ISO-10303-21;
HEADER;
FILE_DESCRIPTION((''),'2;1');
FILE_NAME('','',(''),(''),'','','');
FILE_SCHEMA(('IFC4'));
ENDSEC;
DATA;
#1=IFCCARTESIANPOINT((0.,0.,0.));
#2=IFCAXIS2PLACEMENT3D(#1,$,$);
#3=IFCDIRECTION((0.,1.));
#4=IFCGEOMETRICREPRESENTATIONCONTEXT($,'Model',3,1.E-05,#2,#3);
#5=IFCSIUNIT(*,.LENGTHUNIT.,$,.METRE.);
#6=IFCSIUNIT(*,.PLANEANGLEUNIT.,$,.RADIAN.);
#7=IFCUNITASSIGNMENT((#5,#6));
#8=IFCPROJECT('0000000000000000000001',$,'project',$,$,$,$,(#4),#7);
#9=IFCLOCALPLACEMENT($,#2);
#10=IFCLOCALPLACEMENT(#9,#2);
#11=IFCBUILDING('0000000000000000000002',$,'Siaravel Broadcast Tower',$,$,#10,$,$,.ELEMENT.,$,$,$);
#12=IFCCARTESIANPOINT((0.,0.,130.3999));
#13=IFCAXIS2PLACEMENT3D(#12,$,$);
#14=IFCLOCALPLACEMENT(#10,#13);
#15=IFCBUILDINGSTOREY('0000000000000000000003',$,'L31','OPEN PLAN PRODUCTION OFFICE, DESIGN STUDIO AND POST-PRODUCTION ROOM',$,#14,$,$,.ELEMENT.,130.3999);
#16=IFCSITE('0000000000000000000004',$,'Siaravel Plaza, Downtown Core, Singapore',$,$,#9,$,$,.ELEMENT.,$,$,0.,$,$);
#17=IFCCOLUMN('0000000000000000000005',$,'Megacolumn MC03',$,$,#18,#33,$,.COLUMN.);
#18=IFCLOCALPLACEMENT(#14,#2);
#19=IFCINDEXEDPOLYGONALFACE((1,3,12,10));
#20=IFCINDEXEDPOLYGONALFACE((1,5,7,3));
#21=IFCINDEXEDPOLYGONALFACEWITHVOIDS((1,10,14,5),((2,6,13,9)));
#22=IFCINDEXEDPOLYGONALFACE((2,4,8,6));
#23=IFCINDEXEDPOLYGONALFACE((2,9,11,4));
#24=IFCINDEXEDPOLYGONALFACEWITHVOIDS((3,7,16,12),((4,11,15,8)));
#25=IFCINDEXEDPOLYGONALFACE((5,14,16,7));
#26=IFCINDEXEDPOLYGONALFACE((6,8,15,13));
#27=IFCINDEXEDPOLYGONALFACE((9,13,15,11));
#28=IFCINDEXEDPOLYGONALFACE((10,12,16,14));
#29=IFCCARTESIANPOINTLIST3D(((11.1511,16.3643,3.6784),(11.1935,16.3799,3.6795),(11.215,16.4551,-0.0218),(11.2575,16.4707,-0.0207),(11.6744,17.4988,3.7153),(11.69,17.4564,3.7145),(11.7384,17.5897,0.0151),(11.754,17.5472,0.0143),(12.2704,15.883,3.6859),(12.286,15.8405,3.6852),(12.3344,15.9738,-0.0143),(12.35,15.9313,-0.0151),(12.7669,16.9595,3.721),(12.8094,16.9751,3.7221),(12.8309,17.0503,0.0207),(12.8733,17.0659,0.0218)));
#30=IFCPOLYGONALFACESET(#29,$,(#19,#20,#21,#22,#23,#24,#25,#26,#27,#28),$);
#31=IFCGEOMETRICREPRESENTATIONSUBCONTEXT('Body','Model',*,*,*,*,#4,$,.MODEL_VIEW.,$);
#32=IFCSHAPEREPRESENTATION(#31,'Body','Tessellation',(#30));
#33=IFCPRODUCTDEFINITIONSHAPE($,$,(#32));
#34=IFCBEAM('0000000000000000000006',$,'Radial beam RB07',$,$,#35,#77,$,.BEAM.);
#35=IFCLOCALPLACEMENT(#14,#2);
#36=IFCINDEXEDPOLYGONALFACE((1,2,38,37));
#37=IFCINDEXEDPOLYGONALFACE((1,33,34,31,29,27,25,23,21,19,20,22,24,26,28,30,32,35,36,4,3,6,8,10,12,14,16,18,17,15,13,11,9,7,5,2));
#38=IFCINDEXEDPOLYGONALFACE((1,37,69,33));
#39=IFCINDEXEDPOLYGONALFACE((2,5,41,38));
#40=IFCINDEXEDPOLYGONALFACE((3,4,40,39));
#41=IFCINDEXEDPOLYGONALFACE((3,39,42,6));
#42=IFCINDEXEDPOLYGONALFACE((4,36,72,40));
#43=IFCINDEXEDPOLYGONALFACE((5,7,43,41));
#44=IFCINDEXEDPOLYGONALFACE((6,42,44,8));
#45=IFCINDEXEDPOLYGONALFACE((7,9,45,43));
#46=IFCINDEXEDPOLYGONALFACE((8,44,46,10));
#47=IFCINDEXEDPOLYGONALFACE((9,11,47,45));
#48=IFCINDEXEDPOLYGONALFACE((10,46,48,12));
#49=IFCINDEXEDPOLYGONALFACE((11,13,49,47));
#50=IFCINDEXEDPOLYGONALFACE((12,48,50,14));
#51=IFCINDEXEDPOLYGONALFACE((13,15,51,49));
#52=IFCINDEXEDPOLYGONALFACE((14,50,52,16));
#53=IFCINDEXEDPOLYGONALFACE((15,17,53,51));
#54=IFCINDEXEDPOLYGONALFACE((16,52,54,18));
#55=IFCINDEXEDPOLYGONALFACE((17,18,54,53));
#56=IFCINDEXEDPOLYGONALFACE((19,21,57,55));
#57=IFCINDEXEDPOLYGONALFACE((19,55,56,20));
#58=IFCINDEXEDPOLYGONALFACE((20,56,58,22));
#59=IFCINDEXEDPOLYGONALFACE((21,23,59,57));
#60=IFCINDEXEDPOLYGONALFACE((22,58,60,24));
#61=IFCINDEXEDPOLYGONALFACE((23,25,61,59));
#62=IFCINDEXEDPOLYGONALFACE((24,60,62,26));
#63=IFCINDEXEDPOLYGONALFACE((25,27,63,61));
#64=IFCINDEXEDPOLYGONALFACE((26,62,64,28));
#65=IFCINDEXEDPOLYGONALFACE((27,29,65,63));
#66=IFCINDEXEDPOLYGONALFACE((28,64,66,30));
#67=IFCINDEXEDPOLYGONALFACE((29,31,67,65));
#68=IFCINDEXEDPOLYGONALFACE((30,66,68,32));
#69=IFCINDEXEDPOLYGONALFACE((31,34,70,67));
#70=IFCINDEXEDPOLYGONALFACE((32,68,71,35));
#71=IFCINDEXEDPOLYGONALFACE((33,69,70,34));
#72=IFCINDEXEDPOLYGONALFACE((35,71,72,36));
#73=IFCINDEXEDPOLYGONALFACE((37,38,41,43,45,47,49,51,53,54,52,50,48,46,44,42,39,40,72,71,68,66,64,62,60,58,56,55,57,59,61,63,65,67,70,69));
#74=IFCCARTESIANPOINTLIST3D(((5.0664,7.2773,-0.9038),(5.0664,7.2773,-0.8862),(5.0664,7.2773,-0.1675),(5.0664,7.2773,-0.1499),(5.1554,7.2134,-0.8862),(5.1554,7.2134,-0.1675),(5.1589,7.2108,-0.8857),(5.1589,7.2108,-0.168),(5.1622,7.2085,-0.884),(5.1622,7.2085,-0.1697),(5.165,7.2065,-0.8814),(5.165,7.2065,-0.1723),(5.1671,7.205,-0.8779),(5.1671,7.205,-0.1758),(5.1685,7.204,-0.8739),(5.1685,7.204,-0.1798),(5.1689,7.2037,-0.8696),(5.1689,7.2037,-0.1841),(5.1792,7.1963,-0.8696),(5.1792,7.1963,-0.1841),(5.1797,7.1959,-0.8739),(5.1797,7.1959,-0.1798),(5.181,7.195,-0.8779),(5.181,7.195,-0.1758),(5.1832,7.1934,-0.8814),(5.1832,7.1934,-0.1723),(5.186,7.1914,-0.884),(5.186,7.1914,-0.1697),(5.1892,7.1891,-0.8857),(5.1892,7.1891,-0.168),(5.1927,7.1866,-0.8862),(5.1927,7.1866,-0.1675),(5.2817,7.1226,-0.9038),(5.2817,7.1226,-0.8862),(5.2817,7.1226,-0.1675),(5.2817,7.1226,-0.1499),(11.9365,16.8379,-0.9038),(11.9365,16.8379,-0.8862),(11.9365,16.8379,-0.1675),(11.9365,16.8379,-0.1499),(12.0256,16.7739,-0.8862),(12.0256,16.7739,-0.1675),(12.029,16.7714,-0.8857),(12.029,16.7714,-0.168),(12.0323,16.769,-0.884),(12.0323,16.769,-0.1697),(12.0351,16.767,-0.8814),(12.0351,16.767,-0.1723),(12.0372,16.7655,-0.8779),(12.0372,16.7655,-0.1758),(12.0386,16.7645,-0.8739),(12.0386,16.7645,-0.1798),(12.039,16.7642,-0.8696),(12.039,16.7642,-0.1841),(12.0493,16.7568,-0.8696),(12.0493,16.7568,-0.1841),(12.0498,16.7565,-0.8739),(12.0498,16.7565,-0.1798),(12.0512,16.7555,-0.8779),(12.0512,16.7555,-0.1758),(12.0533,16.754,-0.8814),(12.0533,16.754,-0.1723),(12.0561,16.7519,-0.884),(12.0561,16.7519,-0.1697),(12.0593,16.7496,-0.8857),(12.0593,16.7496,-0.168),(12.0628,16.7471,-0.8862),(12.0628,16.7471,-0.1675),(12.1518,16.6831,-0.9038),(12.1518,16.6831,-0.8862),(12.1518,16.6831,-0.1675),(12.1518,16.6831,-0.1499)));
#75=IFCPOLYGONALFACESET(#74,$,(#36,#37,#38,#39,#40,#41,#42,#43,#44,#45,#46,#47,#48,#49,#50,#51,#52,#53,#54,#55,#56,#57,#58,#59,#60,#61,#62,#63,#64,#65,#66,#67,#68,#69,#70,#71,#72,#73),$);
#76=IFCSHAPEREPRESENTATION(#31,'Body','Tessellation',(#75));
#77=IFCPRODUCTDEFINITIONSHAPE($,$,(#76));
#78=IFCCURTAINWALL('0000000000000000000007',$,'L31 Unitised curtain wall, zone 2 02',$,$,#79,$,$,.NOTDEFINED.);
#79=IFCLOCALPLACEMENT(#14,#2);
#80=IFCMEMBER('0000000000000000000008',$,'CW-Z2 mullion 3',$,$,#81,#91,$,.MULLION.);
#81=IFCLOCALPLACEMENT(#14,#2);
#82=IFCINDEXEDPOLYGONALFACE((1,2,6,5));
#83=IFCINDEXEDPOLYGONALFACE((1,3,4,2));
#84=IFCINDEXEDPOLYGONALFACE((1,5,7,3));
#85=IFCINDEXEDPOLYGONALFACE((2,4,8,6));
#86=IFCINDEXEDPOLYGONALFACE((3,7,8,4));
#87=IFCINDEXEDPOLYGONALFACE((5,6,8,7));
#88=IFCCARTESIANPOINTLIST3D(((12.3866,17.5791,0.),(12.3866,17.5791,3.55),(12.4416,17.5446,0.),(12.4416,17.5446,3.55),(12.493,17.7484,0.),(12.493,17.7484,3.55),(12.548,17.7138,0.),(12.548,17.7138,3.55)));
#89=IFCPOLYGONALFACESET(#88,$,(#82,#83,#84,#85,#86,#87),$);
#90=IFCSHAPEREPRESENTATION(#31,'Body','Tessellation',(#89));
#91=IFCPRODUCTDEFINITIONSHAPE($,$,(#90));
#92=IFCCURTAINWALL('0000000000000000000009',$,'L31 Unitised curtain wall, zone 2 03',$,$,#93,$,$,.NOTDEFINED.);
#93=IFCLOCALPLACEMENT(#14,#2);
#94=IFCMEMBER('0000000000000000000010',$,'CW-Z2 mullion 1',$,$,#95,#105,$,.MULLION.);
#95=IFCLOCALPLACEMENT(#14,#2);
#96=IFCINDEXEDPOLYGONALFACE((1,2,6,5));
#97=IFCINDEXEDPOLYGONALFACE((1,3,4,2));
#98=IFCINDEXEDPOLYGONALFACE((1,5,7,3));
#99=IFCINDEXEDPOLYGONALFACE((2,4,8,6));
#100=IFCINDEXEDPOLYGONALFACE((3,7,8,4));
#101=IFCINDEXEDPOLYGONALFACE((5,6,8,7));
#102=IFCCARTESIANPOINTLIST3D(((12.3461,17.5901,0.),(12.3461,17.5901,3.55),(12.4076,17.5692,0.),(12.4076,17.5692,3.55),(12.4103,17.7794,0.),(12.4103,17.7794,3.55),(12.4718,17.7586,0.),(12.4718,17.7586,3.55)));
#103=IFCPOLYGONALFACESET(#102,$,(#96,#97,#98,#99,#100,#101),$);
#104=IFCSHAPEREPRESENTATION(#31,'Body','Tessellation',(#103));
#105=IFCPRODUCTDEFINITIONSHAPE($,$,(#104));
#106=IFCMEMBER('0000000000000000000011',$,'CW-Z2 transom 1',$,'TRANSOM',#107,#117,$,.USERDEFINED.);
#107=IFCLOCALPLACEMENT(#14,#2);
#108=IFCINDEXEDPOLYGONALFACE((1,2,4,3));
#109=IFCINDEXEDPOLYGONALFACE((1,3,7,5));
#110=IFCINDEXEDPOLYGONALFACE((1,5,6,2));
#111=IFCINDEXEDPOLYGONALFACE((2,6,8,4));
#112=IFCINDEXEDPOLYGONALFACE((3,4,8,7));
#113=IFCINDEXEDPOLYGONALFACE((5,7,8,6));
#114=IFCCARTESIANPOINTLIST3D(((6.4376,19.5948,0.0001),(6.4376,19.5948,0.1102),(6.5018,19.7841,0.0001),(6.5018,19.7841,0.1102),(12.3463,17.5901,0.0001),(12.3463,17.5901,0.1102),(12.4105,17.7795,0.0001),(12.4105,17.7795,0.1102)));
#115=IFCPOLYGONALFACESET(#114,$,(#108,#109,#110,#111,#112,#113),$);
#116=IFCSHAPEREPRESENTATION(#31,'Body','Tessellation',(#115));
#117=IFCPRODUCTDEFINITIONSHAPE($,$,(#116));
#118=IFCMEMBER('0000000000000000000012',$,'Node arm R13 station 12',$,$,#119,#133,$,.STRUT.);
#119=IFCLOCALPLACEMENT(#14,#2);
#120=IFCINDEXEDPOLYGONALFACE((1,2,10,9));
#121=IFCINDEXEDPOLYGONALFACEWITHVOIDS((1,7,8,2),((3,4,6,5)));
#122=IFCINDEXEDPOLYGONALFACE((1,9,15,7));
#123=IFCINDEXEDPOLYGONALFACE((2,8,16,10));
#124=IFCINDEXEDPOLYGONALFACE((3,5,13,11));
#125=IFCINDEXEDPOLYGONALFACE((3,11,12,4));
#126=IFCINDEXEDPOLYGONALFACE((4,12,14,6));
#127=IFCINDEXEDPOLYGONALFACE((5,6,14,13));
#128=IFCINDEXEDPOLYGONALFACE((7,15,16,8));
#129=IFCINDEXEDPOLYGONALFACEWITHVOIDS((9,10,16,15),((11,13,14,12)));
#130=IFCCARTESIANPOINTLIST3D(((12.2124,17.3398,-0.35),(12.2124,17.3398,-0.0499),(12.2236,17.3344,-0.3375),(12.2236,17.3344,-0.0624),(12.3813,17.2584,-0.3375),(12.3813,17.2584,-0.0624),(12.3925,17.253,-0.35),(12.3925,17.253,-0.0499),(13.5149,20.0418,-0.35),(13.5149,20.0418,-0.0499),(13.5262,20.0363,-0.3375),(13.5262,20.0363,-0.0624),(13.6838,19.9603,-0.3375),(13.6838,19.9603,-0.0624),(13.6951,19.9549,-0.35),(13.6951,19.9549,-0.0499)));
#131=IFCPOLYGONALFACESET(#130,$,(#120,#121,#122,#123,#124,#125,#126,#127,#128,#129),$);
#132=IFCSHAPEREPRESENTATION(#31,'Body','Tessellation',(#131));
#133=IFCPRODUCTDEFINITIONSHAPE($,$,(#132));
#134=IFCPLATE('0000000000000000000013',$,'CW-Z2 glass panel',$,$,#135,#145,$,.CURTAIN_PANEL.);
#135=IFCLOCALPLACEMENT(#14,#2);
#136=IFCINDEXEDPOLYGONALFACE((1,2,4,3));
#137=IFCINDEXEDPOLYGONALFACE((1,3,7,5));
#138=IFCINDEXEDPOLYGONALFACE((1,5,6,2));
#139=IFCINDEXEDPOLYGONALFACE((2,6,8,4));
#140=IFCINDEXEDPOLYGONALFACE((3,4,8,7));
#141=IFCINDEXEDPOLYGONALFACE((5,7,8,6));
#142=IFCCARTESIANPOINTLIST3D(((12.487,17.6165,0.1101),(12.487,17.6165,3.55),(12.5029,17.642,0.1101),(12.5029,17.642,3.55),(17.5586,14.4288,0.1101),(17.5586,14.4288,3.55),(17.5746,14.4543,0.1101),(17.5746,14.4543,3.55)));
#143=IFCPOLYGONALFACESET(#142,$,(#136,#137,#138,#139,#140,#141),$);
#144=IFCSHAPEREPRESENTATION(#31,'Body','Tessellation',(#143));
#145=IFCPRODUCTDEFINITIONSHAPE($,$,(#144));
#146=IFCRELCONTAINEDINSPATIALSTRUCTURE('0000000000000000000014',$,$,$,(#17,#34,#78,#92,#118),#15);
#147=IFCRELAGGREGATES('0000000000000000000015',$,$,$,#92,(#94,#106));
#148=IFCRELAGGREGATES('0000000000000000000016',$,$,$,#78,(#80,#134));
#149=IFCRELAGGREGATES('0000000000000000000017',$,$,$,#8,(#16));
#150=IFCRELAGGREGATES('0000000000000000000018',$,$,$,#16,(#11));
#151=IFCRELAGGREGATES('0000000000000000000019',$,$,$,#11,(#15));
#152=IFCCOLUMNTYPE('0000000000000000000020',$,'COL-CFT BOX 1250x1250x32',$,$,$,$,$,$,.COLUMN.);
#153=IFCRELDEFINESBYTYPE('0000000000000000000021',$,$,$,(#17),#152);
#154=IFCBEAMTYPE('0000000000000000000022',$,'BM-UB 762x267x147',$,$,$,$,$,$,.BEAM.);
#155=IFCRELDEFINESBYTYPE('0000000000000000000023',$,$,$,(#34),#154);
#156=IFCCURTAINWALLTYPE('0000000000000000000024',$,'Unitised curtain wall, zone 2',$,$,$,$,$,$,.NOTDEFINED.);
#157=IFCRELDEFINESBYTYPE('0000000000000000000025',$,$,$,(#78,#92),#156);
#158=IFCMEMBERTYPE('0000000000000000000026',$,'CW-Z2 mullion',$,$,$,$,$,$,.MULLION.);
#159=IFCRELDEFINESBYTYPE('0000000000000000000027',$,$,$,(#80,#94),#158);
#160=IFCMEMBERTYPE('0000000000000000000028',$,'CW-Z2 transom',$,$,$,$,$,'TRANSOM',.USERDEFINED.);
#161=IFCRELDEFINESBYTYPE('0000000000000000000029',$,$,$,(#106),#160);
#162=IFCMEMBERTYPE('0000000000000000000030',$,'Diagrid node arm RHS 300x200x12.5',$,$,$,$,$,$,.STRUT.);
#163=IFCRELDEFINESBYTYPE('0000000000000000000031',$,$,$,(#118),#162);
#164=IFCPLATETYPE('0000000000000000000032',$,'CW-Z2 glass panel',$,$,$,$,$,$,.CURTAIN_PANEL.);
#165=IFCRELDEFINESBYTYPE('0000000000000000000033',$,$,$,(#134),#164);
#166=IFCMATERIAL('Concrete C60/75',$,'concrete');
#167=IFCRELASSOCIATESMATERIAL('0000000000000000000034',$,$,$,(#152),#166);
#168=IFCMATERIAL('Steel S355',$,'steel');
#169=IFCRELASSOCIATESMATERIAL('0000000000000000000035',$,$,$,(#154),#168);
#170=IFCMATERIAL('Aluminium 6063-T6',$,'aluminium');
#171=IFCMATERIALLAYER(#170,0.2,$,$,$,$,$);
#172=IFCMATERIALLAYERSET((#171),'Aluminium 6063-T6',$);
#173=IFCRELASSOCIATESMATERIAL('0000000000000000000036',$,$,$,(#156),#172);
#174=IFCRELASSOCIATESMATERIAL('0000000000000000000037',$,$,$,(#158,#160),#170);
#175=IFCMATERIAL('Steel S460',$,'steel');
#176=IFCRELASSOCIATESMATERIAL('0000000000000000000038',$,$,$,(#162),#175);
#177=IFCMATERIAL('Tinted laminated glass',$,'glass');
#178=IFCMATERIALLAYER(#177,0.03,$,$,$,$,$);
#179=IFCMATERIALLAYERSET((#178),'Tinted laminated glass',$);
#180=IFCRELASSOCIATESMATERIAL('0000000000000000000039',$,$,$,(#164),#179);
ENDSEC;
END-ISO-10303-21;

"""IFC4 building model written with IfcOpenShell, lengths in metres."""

from ifc_helpers import new_model, si_unit, direction, frame, origin, origin_2d, place, context, subcontext, project, spatial, rectangle, hollow_rectangle, i_section, extrude, material, layer, layer_set, material_profile, profile_set, type_object, element, aggregate, save


model = new_model("IFC4")

# Units and contexts
model_context = context("Model", 3, precision=1e-05, world=origin(), true_north=direction((0.0, 1.0)))
body_context = subcontext(model_context, "Body", "Model", "MODEL_VIEW")
ifc_project = project(units=[si_unit("LENGTHUNIT", "METRE"), si_unit("PLANEANGLEUNIT", "RADIAN")], contexts=[model_context])

# Site, building, storey
site_placement = place(None, origin())
site = spatial("IfcSite", under=ifc_project, at=site_placement, Name="Siaravel Plaza, Downtown Core, Singapore", CompositionType="ELEMENT", RefElevation=0.0)
building_placement = place(site_placement, origin())
building = spatial("IfcBuilding", under=site, at=building_placement, Name="Siaravel Broadcast Tower", CompositionType="ELEMENT")
storey_placement = place(building_placement, frame((0.0, 0.0, 130.3999)))
storey = spatial("IfcBuildingStorey", under=building, at=storey_placement, Name="L31", Description="OPEN PLAN PRODUCTION OFFICE, DESIGN STUDIO AND POST-PRODUCTION ROOM", CompositionType="ELEMENT", Elevation=130.3999)

# Column
ifc_material_1 = material(Name="Concrete C60/75", Category="concrete")
ifc_material_profile_1 = material_profile(ifc_material_1, hollow_rectangle(XDim=1.25, YDim=1.25, WallThickness=0.032, at=origin_2d()))
ifc_profile_set_1 = profile_set([ifc_material_profile_1], Name="Concrete C60/75")
column_type = type_object("IfcColumnType", Name="COL-CFT BOX 1250x1250x32", PredefinedType="COLUMN", material=ifc_profile_set_1)
column_placement = place(storey_placement, frame((12.0442, 16.7605, 0.0), z_axis=(-0.017279, -0.024534, 0.99955), x_axis=(0.907979, -0.418981, 0.005412)))
element("IfcColumn", 1, at=column_placement, inside=storey, type_object=column_type, Name="Megacolumn MC03", PredefinedType="COLUMN", context=body_context, shape_type="SweptSolid", body=[
    extrude(hollow_rectangle(XDim=1.25, YDim=1.25, WallThickness=0.032, at=origin_2d()), origin(), (0.0, 0.0, 1.0), 3.7019),
])

# Beam
ifc_material_2 = material(Name="Steel S355", Category="steel")
ifc_material_profile_2 = material_profile(ifc_material_2, i_section(OverallWidth=0.2651, OverallDepth=0.7539, WebThickness=0.0127, FlangeThickness=0.0176, FilletRadius=0.0166, at=origin_2d()))
ifc_profile_set_2 = profile_set([ifc_material_profile_2], Name="Steel S355")
beam_type = type_object("IfcBeamType", Name="BM-UB 762x267x147", PredefinedType="BEAM", material=ifc_profile_set_2)
beam_placement = place(storey_placement, frame((12.0442, 16.7605, -0.5269), z_axis=(-0.583551, -0.812077, 0.0), x_axis=(0.812077, -0.583551, 0.0)))
element("IfcBeam", 2, at=beam_placement, inside=storey, type_object=beam_type, Name="Radial beam RB07", PredefinedType="BEAM", context=body_context, shape_type="SweptSolid", body=[
    extrude(i_section(OverallWidth=0.2651, OverallDepth=0.7539, WebThickness=0.0127, FlangeThickness=0.0176, FilletRadius=0.0166, at=origin_2d()), origin(), (0.0, 0.0, 1.0), 11.7729),
])

# Curtain wall, member
ifc_material_3 = material(Name="Aluminium 6063-T6", Category="aluminium")
ifc_layer_1 = layer(ifc_material_3, 0.2)
ifc_layer_set_1 = layer_set([ifc_layer_1], Name="Aluminium 6063-T6")
curtain_wall_type = type_object("IfcCurtainWallType", Name="Unitised curtain wall, zone 2", PredefinedType="NOTDEFINED", material=ifc_layer_set_1)
curtain_wall_1_placement = place(storey_placement, origin())
curtain_wall_1 = element("IfcCurtainWall", 3, at=curtain_wall_1_placement, inside=storey, type_object=curtain_wall_type, Name="L31 Unitised curtain wall, zone 2 02", PredefinedType="NOTDEFINED")
ifc_material_profile_3 = material_profile(ifc_material_3, rectangle(XDim=0.2, YDim=0.0649, at=origin_2d()))
ifc_profile_set_3 = profile_set([ifc_material_profile_3], Name="Aluminium 6063-T6")
member_type_1 = type_object("IfcMemberType", Name="CW-Z2 mullion", PredefinedType="MULLION", material=ifc_profile_set_3)
member_1_placement = place(storey_placement, frame((12.4673, 17.6465, 0.0), z_axis=(0.0, 0.0, 1.0), x_axis=(-0.532151, -0.846649, 0.0)))
member_1 = element("IfcMember", 4, at=member_1_placement, type_object=member_type_1, Name="CW-Z2 mullion 3", PredefinedType="MULLION", context=body_context, shape_type="SweptSolid", body=[
    extrude(rectangle(XDim=0.2, YDim=0.0649, at=origin_2d()), origin(), (0.0, 0.0, 1.0), 3.55),
])

# Curtain wall, members
curtain_wall_2_placement = place(storey_placement, origin())
curtain_wall_2 = element("IfcCurtainWall", 5, at=curtain_wall_2_placement, inside=storey, type_object=curtain_wall_type, Name="L31 Unitised curtain wall, zone 2 03", PredefinedType="NOTDEFINED")
member_2_placement = place(storey_placement, frame((12.4089, 17.6743, 0.0), z_axis=(0.0, 0.0, 1.0), x_axis=(-0.321302, -0.946977, 0.0)))
member_2 = element("IfcMember", 6, at=member_2_placement, type_object=member_type_1, Name="CW-Z2 mullion 1", PredefinedType="MULLION", context=body_context, shape_type="SweptSolid", body=[
    extrude(rectangle(XDim=0.2, YDim=0.0649, at=origin_2d()), origin(), (0.0, 0.0, 1.0), 3.55),
])
ifc_material_profile_4 = material_profile(ifc_material_3, rectangle(XDim=0.2, YDim=0.1101, at=origin_2d()))
ifc_profile_set_4 = profile_set([ifc_material_profile_4], Name="Aluminium 6063-T6")
member_type_2 = type_object("IfcMemberType", Name="CW-Z2 transom", ElementType="TRANSOM", PredefinedType="USERDEFINED", material=ifc_profile_set_4)
member_3_placement = place(storey_placement, frame((12.3784, 17.6848, 0.0552), z_axis=(-0.946983, 0.321283, 0.0), x_axis=(-0.321283, -0.946983, 0.0)))
member_3 = element("IfcMember", 7, at=member_3_placement, type_object=member_type_2, Name="CW-Z2 transom 1", ObjectType="TRANSOM", PredefinedType="USERDEFINED", context=body_context, shape_type="SweptSolid", body=[
    extrude(rectangle(XDim=0.2, YDim=0.1101, at=origin_2d()), origin(), (0.0, 0.0, 1.0), 6.2395),
])
aggregate(curtain_wall_2, [member_2, member_3])

# Member
ifc_material_4 = material(Name="Steel S460", Category="steel")
ifc_material_profile_5 = material_profile(ifc_material_4, hollow_rectangle(XDim=0.2, YDim=0.3, WallThickness=0.0125, at=origin_2d()))
ifc_profile_set_5 = profile_set([ifc_material_profile_5], Name="Steel S460")
member_type_3 = type_object("IfcMemberType", Name="Diagrid node arm RHS 300x200x12.5", PredefinedType="STRUT", material=ifc_profile_set_5)
member_4_placement = place(storey_placement, frame((12.3025, 17.2964, -0.2), z_axis=(0.434241, 0.900797, 0.0), x_axis=(-0.900797, 0.434241, 0.0)))
element("IfcMember", 8, at=member_4_placement, inside=storey, type_object=member_type_3, Name="Node arm R13 station 12", PredefinedType="STRUT", context=body_context, shape_type="SweptSolid", body=[
    extrude(hollow_rectangle(XDim=0.2, YDim=0.3, WallThickness=0.0125, at=origin_2d()), origin(), (0.0, 0.0, 1.0), 2.9995),
])

# Plate
ifc_material_5 = material(Name="Tinted laminated glass", Category="glass")
ifc_layer_2 = layer(ifc_material_5, 0.03)
ifc_layer_set_2 = layer_set([ifc_layer_2], Name="Tinted laminated glass")
plate_type = type_object("IfcPlateType", Name="CW-Z2 glass panel", PredefinedType="CURTAIN_PANEL", material=ifc_layer_set_2)
plate_placement = place(storey_placement, frame((15.0308, 16.0354, 0.1101), z_axis=(0.0, 0.0, 1.0), x_axis=(-0.846649, 0.532151, 0.0)))
plate = element("IfcPlate", 9, at=plate_placement, type_object=plate_type, Name="CW-Z2 glass panel", PredefinedType="CURTAIN_PANEL", context=body_context, shape_type="SweptSolid", body=[
    extrude(rectangle(XDim=5.9902, YDim=0.03, at=origin_2d()), origin(), (0.0, 0.0, 1.0), 3.4399),
])
aggregate(curtain_wall_1, [member_1, plate])

save(model, "model.ifc")
